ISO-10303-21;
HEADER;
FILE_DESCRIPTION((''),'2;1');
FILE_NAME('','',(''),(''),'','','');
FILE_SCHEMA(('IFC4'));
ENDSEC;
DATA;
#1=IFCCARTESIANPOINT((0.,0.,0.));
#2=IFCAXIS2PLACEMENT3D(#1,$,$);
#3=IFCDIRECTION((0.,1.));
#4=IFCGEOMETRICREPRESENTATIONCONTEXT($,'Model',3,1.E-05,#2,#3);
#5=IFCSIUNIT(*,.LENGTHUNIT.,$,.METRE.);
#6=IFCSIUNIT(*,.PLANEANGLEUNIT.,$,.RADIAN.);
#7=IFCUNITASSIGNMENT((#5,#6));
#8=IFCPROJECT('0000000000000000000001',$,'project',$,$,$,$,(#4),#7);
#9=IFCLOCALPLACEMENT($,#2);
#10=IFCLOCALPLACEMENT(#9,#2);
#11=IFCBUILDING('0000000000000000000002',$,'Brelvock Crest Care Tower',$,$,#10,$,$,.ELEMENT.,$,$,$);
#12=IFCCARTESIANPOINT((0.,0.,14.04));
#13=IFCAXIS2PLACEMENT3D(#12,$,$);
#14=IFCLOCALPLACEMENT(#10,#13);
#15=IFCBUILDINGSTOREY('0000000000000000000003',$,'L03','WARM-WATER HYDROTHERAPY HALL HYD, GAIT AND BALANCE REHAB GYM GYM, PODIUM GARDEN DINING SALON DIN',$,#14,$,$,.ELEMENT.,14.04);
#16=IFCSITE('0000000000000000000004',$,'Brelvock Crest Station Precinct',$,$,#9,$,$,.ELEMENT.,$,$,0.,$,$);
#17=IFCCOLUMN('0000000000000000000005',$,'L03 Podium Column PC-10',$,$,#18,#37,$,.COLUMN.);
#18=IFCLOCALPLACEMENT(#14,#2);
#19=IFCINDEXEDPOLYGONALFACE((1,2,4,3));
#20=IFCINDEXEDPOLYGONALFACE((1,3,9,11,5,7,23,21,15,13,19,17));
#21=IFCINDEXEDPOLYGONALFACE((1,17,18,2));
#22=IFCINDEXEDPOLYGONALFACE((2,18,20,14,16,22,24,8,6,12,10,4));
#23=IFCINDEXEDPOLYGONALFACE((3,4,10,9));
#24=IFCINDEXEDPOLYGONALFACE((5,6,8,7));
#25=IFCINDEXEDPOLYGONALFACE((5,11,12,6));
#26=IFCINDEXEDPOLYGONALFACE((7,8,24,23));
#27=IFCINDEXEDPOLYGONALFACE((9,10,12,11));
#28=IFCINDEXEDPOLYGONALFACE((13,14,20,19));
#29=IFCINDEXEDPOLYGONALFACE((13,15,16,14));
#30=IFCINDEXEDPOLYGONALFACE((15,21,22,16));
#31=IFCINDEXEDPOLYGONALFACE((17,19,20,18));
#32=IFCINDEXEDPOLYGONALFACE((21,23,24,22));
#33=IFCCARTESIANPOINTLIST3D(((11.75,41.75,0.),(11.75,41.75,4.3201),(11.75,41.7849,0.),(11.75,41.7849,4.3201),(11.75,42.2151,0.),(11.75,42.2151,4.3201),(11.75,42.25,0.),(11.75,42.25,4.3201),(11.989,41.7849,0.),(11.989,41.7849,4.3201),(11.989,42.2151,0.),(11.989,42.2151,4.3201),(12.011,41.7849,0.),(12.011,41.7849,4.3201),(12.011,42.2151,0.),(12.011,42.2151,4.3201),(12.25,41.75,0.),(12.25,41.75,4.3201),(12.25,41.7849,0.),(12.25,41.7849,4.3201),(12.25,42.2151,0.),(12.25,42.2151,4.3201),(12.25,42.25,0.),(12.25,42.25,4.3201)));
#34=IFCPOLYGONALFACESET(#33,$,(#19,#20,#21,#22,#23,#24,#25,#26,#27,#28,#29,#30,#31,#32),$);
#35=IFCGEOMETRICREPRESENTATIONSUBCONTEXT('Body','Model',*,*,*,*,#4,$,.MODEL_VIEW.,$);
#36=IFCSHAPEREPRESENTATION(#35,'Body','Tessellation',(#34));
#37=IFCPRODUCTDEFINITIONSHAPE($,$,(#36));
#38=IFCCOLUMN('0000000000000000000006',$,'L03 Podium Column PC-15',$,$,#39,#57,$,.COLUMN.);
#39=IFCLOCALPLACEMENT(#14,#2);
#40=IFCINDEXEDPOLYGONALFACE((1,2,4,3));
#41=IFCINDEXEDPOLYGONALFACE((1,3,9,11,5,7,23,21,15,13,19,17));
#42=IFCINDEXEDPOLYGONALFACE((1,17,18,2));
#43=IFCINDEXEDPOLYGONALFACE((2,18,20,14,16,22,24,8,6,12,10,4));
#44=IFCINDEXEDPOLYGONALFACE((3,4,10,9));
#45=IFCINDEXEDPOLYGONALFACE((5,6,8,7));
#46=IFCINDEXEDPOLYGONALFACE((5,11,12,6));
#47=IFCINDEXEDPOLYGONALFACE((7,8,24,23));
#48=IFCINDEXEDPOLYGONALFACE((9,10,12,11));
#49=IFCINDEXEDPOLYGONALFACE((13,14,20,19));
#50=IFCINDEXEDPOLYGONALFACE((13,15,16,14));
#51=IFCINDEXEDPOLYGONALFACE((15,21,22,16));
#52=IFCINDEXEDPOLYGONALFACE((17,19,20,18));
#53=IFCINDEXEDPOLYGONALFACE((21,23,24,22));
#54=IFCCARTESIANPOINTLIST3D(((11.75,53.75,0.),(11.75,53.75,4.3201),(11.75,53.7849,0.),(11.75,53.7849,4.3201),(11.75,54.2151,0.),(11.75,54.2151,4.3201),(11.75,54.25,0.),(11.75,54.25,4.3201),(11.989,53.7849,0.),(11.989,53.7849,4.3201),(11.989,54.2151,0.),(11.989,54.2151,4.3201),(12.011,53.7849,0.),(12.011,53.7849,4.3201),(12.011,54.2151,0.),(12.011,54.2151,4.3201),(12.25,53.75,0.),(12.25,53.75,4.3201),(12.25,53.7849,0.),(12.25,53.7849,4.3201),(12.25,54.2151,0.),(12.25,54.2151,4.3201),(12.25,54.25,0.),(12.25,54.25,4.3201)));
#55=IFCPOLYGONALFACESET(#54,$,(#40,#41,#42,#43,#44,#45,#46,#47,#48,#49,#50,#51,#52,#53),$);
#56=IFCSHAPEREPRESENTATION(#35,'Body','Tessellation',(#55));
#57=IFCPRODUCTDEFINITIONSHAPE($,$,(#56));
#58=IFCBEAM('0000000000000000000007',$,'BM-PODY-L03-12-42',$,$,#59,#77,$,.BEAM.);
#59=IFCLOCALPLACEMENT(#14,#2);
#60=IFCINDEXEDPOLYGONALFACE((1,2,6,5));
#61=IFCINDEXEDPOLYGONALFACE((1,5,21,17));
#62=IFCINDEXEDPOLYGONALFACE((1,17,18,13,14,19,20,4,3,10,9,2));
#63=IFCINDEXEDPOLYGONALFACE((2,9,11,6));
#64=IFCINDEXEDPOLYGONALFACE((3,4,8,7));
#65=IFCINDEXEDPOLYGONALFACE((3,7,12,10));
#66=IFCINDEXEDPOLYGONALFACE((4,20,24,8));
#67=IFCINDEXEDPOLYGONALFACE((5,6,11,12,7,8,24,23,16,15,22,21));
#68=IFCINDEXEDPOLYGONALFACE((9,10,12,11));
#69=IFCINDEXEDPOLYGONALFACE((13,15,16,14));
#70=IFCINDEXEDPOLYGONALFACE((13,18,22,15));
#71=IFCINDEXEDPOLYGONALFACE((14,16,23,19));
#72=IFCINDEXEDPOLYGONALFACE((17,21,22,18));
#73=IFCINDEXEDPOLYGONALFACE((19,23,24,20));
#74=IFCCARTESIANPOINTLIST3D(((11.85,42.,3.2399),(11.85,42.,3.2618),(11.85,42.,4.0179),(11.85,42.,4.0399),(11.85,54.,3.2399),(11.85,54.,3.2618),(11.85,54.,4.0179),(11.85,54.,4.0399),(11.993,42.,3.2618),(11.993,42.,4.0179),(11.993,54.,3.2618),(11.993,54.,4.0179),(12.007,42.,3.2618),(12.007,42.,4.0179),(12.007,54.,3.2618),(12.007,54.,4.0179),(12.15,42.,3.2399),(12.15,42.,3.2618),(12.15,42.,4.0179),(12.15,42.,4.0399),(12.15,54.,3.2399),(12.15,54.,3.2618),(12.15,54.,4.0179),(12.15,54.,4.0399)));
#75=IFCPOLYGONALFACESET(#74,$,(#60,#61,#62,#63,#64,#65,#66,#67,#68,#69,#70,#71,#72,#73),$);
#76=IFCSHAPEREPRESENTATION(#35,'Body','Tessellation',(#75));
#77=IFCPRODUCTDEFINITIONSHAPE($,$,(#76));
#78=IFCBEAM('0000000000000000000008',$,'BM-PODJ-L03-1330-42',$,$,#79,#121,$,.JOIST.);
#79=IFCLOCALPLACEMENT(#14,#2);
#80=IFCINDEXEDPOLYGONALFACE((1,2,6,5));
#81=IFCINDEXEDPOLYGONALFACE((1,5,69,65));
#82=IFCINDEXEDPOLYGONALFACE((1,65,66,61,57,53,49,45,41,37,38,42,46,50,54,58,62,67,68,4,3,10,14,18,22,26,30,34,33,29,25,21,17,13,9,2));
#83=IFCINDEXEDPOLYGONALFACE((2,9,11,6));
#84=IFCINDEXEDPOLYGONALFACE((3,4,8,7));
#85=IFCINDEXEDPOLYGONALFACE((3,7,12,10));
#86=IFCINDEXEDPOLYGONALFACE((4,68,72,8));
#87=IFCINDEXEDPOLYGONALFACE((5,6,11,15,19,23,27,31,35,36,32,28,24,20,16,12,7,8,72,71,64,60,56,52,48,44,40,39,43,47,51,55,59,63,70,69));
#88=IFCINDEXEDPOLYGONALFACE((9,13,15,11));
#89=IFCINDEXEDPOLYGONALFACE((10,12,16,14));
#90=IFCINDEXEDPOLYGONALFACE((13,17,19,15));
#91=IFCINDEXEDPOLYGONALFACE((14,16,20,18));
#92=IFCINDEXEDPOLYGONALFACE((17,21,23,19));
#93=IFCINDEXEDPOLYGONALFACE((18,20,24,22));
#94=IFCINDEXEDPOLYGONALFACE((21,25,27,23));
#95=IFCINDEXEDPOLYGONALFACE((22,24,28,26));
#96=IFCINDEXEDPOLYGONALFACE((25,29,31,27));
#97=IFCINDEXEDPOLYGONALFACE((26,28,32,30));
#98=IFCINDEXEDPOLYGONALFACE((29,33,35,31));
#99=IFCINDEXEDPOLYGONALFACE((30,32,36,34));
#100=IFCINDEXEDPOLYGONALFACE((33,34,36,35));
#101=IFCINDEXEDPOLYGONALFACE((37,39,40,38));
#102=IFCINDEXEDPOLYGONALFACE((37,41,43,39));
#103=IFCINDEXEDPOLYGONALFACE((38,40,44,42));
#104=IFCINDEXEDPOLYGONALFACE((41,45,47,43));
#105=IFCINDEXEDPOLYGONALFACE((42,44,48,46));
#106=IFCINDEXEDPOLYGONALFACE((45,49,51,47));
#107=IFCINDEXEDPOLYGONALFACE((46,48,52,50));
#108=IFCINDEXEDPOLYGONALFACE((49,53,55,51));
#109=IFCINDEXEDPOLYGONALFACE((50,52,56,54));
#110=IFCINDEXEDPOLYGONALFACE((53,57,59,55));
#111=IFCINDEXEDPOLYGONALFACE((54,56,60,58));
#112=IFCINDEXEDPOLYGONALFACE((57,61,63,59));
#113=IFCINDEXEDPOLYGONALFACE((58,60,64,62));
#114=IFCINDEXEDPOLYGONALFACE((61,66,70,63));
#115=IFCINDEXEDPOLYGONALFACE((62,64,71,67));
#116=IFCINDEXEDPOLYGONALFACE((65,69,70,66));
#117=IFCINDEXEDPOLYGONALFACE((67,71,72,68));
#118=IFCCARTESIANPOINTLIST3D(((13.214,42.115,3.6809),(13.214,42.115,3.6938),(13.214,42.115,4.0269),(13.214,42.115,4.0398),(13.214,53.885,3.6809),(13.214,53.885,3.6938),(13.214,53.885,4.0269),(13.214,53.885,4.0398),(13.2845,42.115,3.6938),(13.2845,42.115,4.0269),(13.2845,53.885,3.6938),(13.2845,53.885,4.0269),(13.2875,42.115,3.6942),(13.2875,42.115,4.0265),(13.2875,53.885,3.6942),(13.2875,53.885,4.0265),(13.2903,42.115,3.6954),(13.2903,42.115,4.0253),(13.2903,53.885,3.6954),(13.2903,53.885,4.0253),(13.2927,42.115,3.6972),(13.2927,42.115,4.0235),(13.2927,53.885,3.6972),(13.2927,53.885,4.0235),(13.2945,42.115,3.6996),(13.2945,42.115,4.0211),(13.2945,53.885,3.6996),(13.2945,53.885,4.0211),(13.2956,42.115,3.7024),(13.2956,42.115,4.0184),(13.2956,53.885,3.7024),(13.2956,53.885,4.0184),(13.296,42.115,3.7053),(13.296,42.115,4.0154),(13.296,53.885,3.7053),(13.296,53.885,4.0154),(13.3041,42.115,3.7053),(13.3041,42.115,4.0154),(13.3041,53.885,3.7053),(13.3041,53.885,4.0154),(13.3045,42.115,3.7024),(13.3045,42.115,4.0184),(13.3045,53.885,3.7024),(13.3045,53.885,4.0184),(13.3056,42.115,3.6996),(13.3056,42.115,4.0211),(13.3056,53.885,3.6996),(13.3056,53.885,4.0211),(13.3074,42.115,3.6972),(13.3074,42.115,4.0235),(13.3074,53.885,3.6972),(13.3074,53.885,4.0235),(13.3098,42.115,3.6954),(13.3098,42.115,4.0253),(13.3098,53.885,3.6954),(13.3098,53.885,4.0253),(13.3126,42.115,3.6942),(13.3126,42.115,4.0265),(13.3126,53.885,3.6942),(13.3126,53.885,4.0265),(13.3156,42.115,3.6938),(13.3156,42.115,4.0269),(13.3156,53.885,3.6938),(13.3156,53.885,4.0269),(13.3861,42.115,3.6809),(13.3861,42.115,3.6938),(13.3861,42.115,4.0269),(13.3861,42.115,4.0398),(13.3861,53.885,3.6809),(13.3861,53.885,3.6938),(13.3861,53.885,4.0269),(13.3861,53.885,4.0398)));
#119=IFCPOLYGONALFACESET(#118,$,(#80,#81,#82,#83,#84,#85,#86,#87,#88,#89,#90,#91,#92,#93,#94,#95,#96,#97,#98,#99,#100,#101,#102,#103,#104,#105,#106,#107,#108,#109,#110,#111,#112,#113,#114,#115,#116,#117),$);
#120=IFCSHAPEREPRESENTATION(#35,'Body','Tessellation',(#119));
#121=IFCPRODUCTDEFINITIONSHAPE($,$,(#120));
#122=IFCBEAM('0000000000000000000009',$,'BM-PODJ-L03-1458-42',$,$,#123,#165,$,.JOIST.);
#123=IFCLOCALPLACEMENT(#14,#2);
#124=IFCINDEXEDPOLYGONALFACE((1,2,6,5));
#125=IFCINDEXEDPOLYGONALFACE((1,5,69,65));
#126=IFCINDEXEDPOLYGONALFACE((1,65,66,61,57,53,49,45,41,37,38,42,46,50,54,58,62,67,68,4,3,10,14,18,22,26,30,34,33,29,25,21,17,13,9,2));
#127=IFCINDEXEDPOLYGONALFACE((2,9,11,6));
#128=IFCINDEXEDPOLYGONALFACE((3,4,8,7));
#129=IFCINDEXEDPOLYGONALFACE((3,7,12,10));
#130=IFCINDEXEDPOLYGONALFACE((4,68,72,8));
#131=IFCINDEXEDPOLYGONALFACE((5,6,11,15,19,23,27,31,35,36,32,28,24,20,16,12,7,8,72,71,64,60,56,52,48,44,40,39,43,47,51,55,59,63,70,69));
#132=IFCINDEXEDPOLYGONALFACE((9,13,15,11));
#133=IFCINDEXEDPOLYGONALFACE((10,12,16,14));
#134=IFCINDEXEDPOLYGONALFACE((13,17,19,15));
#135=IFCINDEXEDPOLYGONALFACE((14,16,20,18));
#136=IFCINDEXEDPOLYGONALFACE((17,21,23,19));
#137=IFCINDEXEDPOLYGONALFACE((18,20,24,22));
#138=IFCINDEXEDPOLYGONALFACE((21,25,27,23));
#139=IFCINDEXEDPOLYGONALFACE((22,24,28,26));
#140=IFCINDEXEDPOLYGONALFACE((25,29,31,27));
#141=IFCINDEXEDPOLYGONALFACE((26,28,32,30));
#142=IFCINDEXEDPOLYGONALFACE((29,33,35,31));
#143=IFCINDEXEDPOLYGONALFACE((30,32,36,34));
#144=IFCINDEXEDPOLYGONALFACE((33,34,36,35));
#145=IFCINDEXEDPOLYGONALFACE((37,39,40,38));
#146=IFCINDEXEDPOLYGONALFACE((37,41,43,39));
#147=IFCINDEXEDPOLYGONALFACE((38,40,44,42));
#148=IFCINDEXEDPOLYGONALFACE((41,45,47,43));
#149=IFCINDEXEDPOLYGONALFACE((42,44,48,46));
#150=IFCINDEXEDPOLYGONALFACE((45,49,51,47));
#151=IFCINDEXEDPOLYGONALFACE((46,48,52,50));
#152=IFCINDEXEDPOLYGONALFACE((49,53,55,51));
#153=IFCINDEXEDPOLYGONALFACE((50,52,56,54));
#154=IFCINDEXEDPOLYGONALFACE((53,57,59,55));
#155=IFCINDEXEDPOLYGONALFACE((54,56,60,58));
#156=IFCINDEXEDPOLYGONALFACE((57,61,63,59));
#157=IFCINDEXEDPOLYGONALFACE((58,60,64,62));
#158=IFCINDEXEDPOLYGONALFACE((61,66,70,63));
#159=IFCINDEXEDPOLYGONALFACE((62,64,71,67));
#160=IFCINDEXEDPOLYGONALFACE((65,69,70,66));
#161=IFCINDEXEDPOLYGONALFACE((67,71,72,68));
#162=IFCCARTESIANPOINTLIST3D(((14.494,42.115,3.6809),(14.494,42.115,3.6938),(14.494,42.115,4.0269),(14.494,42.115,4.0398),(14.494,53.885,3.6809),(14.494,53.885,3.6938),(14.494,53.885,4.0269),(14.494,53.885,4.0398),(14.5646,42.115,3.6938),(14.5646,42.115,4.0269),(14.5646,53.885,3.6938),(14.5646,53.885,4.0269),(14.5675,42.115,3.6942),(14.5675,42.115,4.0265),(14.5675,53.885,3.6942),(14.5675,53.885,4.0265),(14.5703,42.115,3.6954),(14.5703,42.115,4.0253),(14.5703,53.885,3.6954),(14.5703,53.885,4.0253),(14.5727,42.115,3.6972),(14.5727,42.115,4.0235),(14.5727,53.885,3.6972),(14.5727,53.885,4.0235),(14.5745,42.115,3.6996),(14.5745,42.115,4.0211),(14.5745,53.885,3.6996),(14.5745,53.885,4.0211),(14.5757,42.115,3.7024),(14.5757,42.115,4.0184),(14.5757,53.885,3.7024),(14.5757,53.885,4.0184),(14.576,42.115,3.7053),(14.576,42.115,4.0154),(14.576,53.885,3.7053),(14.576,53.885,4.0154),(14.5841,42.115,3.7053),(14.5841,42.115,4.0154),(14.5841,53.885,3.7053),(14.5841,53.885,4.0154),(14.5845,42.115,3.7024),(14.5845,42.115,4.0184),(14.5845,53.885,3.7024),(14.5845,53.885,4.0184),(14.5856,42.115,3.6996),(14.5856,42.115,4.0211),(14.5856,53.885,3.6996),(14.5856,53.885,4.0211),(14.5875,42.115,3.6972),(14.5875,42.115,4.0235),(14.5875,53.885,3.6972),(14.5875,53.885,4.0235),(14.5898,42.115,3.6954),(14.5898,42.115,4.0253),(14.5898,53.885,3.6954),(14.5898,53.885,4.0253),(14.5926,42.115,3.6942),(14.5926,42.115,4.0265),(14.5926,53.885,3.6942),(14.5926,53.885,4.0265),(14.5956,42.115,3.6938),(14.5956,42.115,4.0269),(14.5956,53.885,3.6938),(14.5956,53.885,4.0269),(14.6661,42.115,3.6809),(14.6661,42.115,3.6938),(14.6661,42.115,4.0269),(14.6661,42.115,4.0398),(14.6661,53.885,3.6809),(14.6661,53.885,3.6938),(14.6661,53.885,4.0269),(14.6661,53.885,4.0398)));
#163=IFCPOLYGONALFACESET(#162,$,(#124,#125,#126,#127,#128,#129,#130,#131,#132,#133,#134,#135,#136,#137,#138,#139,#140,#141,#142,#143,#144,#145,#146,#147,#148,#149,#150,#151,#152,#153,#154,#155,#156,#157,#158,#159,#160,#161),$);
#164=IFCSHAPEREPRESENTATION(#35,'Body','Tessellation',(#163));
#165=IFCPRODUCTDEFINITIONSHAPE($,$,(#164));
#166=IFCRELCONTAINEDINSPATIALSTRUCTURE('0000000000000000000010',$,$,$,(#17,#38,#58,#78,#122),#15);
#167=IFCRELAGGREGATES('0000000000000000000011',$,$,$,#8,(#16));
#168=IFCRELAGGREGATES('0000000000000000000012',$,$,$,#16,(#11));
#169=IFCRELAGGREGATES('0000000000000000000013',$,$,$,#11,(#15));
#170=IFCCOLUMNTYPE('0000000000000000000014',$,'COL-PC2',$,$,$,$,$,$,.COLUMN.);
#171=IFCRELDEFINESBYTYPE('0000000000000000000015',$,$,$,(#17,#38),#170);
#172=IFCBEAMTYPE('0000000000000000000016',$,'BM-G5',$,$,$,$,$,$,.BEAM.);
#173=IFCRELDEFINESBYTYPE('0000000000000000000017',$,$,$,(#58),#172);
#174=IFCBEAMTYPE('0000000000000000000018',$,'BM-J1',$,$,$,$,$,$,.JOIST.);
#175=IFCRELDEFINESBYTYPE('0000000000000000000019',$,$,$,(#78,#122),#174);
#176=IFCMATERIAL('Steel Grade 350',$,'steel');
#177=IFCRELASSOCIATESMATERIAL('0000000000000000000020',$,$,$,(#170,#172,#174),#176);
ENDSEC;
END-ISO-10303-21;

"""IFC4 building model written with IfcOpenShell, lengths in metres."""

from ifc_helpers import new_model, si_unit, direction, frame, origin, origin_2d, place, context, subcontext, project, spatial, i_section, extrude, source, transform, mapped, material, material_profile, profile_set, type_object, element, save


model = new_model("IFC4")

# Units and contexts
model_context = context("Model", 3, precision=1e-05, world=origin(), true_north=direction((0.0, 1.0)))
body_context = subcontext(model_context, "Body", "Model", "MODEL_VIEW")
ifc_project = project(units=[si_unit("LENGTHUNIT", "METRE"), si_unit("PLANEANGLEUNIT", "RADIAN")], contexts=[model_context])

# Site, building, storey
site_placement = place(None, origin())
site = spatial("IfcSite", under=ifc_project, at=site_placement, Name="Brelvock Crest Station Precinct", CompositionType="ELEMENT", RefElevation=0.0)
building_placement = place(site_placement, origin())
building = spatial("IfcBuilding", under=site, at=building_placement, Name="Brelvock Crest Care Tower", CompositionType="ELEMENT")
storey_placement = place(building_placement, frame((0.0, 0.0, 14.04)))
storey = spatial("IfcBuildingStorey", under=building, at=storey_placement, Name="L03", Description="WARM-WATER HYDROTHERAPY HALL HYD, GAIT AND BALANCE REHAB GYM GYM, PODIUM GARDEN DINING SALON DIN", CompositionType="ELEMENT", Elevation=14.04)

# Columns
ifc_material_1 = material(Name="Steel Grade 350", Category="steel")
ifc_material_profile_1 = material_profile(ifc_material_1, i_section(OverallWidth=0.5, OverallDepth=0.5, WebThickness=0.022, FlangeThickness=0.0349, at=origin_2d()), Name="500WC340")
ifc_profile_set_1 = profile_set([ifc_material_profile_1], Name="Steel Grade 350")
column_type = type_object("IfcColumnType", Name="COL-PC2", PredefinedType="COLUMN", material=ifc_profile_set_1)
shared_shape_1 = source(origin(), body_context, "Body", "SweptSolid", [
    extrude(i_section(OverallWidth=0.5, OverallDepth=0.5, WebThickness=0.022, FlangeThickness=0.0349, at=origin_2d()), origin(), (0.0, 0.0, 1.0), 4.3201),
])
for number, where, z_axis, x_axis, name in (
    (1, (12.0, 42.0, 0.0), (0.0, 0.0, 1.0), (1.0, 0.0, 0.0), "L03 Podium Column PC-10"),
    (2, (12.0, 54.0, 0.0), (0.0, 0.0, 1.0), (1.0, 0.0, 0.0), "L03 Podium Column PC-15"),
):
    element("IfcColumn", number, at=place(storey_placement, frame(where, z_axis=z_axis, x_axis=x_axis)), inside=storey, type_object=column_type, Name=name, PredefinedType="COLUMN", context=body_context, shape_type="MappedRepresentation", body=[
        mapped(shared_shape_1, transform((0.0, 0.0, 0.0), x_axis=(1.0, 0.0, 0.0), y_axis=(0.0, 1.0, 0.0), z_axis=(0.0, 0.0, 1.0), scale=1.0)),
    ])

# Beams
ifc_material_profile_2 = material_profile(ifc_material_1, i_section(OverallWidth=0.3, OverallDepth=0.8, WebThickness=0.0139, FlangeThickness=0.022, at=origin_2d()), Name="800WB192")
ifc_profile_set_2 = profile_set([ifc_material_profile_2], Name="Steel Grade 350")
beam_type_1 = type_object("IfcBeamType", Name="BM-G5", PredefinedType="BEAM", material=ifc_profile_set_2)
shared_shape_2 = source(origin(), body_context, "Body", "SweptSolid", [
    extrude(i_section(OverallWidth=0.3, OverallDepth=0.8, WebThickness=0.0139, FlangeThickness=0.022, at=origin_2d()), origin(), (0.0, 0.0, 1.0), 12.0),
])
beam_placement = place(storey_placement, frame((12.0, 42.0, 3.6399), z_axis=(0.0, 1.0, 0.0), x_axis=(-1.0, 0.0, 0.0)))
element("IfcBeam", 3, at=beam_placement, inside=storey, type_object=beam_type_1, Name="BM-PODY-L03-12-42", PredefinedType="BEAM", context=body_context, shape_type="MappedRepresentation", body=[
    mapped(shared_shape_2, transform((0.0, 0.0, 0.0), x_axis=(1.0, 0.0, 0.0), y_axis=(0.0, 1.0, 0.0), z_axis=(0.0, 0.0, 1.0), scale=1.0)),
])
ifc_material_profile_3 = material_profile(ifc_material_1, i_section(OverallWidth=0.1721, OverallDepth=0.3589, WebThickness=0.0081, FlangeThickness=0.0129, FilletRadius=0.0115, at=origin_2d()), Name="360UB56.7")
ifc_profile_set_3 = profile_set([ifc_material_profile_3], Name="Steel Grade 350")
beam_type_2 = type_object("IfcBeamType", Name="BM-J1", PredefinedType="JOIST", material=ifc_profile_set_3)
shared_shape_3 = source(origin(), body_context, "Body", "SweptSolid", [
    extrude(i_section(OverallWidth=0.1721, OverallDepth=0.3589, WebThickness=0.0081, FlangeThickness=0.0129, FilletRadius=0.0115, at=origin_2d()), origin(), (0.0, 0.0, 1.0), 11.77),
])
for number, where, z_axis, x_axis, name in (
    (4, (13.3, 42.115, 3.8604), (0.0, 1.0, 0.0), (-1.0, 0.0, 0.0), "BM-PODJ-L03-1330-42"),
    (5, (14.5801, 42.115, 3.8604), (0.0, 1.0, 0.0), (-1.0, 0.0, 0.0), "BM-PODJ-L03-1458-42"),
):
    element("IfcBeam", number, at=place(storey_placement, frame(where, z_axis=z_axis, x_axis=x_axis)), inside=storey, type_object=beam_type_2, Name=name, PredefinedType="JOIST", context=body_context, shape_type="MappedRepresentation", body=[
        mapped(shared_shape_3, transform((0.0, 0.0, 0.0), x_axis=(1.0, 0.0, 0.0), y_axis=(0.0, 1.0, 0.0), z_axis=(0.0, 0.0, 1.0), scale=1.0)),
    ])

save(model, "model.ifc")
